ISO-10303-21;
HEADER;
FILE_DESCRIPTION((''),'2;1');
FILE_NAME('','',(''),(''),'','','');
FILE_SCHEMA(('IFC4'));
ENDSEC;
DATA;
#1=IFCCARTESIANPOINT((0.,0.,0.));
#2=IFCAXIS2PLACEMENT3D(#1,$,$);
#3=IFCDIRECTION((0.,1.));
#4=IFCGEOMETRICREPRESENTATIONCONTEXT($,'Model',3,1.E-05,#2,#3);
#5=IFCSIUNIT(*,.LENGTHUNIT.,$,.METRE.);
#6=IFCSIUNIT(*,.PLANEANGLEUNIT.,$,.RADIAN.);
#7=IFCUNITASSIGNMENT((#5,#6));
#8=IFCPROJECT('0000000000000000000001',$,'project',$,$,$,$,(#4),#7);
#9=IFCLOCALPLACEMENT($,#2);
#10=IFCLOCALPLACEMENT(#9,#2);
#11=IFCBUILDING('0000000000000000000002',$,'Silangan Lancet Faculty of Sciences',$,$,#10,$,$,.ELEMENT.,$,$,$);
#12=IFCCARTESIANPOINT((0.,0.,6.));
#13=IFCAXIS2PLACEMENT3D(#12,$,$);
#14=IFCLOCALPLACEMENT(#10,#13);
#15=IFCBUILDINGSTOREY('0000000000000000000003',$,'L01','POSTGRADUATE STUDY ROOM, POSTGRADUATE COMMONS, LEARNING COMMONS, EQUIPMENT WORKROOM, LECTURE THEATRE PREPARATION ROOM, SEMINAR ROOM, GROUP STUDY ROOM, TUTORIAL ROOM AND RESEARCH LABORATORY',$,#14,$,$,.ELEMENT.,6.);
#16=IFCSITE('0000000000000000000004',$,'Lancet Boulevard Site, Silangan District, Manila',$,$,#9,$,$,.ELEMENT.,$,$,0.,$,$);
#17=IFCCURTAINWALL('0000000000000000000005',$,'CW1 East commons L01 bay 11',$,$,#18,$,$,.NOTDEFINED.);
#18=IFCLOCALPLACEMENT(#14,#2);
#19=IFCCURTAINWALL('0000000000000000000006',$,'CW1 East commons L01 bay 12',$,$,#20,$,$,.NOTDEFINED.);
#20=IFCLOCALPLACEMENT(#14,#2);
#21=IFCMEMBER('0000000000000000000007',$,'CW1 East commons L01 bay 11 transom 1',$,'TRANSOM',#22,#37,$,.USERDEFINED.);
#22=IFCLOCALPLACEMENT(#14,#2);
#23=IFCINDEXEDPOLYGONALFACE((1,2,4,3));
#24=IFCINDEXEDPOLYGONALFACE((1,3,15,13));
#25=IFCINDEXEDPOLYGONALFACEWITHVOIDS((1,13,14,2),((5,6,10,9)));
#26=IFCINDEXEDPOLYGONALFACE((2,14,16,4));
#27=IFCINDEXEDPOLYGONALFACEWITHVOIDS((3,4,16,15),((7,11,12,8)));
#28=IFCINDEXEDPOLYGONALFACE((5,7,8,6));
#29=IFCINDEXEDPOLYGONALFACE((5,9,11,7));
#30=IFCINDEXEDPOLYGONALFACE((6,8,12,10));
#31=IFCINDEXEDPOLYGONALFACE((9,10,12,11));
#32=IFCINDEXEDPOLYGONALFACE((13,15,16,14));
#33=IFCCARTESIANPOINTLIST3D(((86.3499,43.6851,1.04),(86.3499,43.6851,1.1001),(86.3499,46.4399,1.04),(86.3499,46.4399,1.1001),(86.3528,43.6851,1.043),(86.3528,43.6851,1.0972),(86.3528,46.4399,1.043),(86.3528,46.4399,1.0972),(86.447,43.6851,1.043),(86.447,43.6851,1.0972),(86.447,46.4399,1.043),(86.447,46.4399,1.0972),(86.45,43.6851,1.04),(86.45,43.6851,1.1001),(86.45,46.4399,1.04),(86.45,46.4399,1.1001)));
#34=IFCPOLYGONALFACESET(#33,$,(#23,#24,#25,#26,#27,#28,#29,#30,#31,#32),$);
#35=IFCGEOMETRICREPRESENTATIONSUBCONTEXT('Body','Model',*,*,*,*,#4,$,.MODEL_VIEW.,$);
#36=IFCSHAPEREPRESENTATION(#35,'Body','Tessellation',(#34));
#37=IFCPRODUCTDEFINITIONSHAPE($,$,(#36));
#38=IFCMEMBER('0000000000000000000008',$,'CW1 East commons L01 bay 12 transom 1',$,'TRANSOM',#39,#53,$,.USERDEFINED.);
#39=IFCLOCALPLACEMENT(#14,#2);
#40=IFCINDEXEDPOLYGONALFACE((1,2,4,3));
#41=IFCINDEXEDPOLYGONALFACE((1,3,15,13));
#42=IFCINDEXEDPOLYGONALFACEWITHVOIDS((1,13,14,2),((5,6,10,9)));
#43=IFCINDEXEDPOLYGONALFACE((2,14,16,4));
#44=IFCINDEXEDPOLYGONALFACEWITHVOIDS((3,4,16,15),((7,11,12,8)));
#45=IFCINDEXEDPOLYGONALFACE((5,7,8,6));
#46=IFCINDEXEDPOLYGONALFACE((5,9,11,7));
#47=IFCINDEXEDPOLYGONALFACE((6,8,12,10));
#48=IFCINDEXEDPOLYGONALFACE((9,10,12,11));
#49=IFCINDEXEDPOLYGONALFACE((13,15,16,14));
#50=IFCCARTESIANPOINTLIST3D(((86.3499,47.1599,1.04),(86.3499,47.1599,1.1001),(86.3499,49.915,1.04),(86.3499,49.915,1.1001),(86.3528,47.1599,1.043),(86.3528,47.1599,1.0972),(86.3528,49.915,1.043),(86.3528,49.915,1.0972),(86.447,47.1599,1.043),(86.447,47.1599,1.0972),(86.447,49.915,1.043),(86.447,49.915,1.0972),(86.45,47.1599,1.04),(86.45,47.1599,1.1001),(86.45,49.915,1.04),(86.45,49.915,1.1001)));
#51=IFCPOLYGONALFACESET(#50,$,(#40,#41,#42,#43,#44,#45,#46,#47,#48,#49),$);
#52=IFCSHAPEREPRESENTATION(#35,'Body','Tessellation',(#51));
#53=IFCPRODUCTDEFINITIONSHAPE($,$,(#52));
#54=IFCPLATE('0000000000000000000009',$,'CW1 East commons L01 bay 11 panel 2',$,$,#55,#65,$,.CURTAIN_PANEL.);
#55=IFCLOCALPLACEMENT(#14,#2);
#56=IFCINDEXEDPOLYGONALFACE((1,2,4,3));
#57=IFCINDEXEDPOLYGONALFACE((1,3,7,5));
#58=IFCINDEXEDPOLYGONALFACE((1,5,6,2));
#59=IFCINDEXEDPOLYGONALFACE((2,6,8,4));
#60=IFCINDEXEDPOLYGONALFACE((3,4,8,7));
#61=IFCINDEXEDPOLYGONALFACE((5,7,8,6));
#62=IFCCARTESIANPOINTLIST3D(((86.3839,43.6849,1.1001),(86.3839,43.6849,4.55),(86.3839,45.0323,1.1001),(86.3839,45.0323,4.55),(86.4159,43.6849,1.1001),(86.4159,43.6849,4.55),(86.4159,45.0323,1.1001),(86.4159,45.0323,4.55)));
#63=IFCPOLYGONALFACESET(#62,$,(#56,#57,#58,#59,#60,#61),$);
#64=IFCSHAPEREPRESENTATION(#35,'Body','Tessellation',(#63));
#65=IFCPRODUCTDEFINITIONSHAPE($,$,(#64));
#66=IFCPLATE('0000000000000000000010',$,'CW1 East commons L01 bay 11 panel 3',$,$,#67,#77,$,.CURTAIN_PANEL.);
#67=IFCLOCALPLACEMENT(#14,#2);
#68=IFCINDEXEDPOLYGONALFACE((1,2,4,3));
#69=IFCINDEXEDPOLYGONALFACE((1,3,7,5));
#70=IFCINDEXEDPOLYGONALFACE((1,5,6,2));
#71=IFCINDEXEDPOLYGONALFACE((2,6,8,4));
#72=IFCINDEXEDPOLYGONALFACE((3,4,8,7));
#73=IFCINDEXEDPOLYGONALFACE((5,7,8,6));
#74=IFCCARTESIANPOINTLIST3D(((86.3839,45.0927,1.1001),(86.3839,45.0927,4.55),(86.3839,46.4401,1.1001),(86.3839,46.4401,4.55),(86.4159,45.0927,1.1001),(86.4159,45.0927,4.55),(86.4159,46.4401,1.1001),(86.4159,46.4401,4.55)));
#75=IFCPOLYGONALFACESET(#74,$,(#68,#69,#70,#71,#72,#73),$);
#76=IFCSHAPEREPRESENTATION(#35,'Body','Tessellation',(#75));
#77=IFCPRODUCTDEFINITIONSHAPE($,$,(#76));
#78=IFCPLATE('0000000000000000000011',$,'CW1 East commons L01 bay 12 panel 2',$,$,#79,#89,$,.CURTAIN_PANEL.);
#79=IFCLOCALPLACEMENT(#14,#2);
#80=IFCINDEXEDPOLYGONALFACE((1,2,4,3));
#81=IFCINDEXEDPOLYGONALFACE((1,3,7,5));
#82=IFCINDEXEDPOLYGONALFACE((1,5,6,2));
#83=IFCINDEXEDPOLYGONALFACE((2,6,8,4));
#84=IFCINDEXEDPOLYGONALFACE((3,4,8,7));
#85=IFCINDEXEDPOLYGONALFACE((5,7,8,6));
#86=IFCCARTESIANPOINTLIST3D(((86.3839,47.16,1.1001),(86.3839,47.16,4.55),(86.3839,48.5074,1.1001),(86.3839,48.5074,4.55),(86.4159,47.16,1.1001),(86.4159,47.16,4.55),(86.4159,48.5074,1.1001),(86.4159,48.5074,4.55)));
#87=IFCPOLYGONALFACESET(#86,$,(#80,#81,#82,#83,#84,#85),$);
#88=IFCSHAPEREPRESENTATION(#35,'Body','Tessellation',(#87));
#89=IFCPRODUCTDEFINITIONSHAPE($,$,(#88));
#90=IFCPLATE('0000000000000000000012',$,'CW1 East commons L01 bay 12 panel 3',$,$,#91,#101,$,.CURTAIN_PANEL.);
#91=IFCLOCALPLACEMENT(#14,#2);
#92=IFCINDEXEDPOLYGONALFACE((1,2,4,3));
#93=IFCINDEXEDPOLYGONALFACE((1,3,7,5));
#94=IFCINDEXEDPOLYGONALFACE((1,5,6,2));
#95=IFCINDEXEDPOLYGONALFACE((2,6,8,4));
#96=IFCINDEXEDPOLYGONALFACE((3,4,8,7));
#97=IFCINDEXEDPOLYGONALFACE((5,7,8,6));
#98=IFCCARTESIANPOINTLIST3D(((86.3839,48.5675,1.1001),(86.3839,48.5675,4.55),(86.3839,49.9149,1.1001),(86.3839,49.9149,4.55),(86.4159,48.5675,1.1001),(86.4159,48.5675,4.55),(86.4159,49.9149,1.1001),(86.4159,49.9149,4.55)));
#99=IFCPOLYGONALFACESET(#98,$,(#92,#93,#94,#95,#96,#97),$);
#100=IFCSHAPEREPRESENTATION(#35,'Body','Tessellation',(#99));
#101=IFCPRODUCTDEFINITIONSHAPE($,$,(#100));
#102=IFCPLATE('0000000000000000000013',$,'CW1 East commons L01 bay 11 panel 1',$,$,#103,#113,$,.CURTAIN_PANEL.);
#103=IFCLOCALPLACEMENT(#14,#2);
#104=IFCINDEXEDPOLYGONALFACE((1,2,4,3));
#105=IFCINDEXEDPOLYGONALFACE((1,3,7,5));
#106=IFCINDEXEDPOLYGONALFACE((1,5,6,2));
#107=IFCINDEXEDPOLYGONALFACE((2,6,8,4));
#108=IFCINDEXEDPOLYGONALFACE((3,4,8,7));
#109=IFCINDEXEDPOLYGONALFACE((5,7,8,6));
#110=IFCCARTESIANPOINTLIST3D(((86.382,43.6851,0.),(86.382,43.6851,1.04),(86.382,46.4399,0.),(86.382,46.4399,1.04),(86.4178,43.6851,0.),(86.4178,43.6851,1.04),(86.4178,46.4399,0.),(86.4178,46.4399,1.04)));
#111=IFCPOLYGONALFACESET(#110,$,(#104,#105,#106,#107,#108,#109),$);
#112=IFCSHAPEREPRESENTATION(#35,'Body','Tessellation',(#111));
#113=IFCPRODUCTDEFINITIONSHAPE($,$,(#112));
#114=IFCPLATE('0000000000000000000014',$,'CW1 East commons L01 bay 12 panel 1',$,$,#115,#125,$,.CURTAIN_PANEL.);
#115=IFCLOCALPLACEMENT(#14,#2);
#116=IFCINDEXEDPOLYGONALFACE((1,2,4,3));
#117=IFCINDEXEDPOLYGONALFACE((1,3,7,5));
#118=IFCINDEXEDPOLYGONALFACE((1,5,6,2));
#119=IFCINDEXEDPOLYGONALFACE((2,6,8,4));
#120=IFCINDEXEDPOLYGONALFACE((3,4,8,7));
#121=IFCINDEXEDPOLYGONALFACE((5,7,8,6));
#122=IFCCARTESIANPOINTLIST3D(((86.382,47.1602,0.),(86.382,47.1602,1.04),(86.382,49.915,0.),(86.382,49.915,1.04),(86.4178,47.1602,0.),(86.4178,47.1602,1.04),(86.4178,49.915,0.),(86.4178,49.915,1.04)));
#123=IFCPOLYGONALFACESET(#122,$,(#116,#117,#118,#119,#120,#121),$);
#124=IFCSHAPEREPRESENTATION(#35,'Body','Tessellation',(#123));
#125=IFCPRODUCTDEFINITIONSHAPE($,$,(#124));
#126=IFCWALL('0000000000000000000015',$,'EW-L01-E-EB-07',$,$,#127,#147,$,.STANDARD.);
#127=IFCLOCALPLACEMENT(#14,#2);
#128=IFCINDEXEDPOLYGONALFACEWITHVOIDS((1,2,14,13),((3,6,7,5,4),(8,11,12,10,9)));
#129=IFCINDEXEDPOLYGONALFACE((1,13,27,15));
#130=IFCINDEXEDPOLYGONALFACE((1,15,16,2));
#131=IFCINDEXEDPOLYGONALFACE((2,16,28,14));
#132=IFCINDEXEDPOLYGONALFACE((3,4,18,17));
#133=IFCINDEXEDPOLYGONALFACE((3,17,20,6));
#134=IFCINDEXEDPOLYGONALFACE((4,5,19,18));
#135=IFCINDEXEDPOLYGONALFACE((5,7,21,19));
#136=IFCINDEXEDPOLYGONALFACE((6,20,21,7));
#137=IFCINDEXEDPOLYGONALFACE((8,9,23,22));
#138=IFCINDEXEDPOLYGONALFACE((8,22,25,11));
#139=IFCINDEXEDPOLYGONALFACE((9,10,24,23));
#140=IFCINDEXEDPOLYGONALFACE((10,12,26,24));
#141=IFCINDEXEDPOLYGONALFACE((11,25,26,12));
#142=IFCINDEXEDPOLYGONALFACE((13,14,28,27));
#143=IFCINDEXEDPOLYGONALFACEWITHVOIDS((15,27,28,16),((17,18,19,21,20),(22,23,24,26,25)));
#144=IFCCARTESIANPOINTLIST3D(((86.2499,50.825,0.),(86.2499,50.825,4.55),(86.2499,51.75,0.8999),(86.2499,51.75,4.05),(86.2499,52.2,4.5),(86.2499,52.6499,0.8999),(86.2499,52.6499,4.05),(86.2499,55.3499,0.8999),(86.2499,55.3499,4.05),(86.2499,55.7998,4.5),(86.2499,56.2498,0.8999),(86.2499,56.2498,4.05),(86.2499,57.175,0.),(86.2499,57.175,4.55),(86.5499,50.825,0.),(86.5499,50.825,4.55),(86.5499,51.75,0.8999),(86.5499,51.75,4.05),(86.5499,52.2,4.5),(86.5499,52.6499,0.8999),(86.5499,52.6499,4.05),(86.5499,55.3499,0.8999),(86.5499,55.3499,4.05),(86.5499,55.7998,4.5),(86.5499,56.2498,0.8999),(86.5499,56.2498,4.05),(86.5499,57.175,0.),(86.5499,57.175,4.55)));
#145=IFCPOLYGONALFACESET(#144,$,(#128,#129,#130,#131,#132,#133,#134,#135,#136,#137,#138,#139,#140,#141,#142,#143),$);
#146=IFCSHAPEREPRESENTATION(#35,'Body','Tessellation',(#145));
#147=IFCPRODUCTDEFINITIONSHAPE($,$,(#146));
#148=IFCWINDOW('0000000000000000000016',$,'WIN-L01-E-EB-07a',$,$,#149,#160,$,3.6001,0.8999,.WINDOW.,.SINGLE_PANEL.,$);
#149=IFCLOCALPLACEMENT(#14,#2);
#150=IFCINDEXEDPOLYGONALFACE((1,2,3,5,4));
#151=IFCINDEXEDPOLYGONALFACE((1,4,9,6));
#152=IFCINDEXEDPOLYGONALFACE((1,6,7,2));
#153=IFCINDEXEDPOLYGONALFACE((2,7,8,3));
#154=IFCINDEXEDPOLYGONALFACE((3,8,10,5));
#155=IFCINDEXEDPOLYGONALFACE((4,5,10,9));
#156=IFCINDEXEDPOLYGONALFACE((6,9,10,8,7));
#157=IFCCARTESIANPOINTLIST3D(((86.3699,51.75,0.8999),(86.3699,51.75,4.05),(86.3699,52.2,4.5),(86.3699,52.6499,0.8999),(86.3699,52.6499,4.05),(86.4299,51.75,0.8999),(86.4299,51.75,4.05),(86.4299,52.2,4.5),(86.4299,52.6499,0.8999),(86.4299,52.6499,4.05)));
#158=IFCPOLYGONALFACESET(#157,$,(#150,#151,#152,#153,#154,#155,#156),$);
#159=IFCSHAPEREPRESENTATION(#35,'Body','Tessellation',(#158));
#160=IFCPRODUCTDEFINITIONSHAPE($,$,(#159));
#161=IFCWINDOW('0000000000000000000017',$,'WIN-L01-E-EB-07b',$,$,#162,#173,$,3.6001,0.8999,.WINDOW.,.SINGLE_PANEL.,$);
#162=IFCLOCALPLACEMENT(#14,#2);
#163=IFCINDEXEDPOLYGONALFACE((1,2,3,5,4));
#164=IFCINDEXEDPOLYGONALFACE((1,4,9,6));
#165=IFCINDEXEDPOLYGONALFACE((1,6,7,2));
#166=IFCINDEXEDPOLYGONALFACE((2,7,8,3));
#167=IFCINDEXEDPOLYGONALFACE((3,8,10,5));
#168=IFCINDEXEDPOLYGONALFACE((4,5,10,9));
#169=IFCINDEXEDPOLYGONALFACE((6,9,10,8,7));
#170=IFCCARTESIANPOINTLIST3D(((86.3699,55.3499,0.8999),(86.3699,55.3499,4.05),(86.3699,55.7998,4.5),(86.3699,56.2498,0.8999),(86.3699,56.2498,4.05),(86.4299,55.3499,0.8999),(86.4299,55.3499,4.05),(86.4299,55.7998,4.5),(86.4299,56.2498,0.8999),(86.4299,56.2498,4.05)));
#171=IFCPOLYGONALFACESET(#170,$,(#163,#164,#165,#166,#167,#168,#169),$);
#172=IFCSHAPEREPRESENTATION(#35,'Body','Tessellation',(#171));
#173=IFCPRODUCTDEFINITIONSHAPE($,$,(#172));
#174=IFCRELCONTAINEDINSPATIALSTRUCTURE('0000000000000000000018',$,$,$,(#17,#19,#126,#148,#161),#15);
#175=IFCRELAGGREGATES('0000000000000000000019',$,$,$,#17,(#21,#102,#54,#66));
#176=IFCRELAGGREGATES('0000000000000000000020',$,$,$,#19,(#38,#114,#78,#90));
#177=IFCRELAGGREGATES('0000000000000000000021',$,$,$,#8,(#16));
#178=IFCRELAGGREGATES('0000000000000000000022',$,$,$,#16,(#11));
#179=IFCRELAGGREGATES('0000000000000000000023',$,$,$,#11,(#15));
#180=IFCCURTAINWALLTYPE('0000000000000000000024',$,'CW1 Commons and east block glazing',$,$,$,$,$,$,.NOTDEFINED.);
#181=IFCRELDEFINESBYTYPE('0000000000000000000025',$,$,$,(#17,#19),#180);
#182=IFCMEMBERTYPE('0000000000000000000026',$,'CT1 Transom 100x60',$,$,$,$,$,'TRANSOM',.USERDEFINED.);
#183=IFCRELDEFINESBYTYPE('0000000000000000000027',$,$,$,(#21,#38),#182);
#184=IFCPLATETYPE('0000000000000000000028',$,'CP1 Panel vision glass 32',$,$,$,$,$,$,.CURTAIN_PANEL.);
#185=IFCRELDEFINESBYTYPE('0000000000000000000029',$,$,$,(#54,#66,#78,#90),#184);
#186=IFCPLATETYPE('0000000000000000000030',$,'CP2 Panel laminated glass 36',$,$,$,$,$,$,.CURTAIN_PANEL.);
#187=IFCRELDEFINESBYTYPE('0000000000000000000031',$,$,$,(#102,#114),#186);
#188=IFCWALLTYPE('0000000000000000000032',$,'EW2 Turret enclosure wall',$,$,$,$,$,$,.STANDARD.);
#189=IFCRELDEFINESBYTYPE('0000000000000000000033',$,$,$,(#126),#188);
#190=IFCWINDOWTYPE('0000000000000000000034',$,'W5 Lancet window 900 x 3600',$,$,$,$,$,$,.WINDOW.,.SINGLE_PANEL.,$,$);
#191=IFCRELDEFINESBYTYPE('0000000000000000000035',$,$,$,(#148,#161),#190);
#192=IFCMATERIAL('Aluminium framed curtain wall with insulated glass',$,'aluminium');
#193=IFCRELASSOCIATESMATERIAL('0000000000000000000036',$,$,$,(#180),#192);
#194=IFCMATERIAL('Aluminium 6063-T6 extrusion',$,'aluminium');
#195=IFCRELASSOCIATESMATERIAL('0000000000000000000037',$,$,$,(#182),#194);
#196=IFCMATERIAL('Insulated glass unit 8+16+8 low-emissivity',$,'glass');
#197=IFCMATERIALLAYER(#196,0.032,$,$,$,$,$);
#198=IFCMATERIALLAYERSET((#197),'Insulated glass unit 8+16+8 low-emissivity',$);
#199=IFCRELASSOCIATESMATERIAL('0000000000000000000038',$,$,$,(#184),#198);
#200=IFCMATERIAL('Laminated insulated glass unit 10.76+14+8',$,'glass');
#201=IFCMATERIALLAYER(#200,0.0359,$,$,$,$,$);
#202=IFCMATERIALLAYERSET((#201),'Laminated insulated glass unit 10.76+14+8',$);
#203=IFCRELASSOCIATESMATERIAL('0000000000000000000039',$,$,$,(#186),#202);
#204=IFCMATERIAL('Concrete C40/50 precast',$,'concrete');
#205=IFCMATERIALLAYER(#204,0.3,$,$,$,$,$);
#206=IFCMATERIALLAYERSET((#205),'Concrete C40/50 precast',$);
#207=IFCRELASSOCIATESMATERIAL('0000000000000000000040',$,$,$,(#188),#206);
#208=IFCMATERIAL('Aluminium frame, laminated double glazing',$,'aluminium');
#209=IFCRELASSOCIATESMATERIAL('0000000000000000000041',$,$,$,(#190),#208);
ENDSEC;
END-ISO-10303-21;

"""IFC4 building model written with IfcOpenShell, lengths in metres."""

from ifc_helpers import new_model, si_unit, direction, frame, frame_2d, origin, origin_2d, place, context, subcontext, project, spatial, polyline, rectangle, hollow_rectangle, outline, extrude, material, layer, layer_set, material_profile, profile_set, type_object, element, fill, aggregate, save


model = new_model("IFC4")

# Units and contexts
model_context = context("Model", 3, precision=1e-05, world=origin(), true_north=direction((0.0, 1.0)))
body_context = subcontext(model_context, "Body", "Model", "MODEL_VIEW")
ifc_project = project(units=[si_unit("LENGTHUNIT", "METRE"), si_unit("PLANEANGLEUNIT", "RADIAN")], contexts=[model_context])

# Site, building, storey
site_placement = place(None, origin())
site = spatial("IfcSite", under=ifc_project, at=site_placement, Name="Lancet Boulevard Site, Silangan District, Manila", CompositionType="ELEMENT", RefElevation=0.0)
building_placement = place(site_placement, origin())
building = spatial("IfcBuilding", under=site, at=building_placement, Name="Silangan Lancet Faculty of Sciences", CompositionType="ELEMENT")
storey_placement = place(building_placement, frame((0.0, 0.0, 6.0)))
storey = spatial("IfcBuildingStorey", under=building, at=storey_placement, Name="L01", Description="POSTGRADUATE STUDY ROOM, POSTGRADUATE COMMONS, LEARNING COMMONS, EQUIPMENT WORKROOM, LECTURE THEATRE PREPARATION ROOM, SEMINAR ROOM, GROUP STUDY ROOM, TUTORIAL ROOM AND RESEARCH LABORATORY", CompositionType="ELEMENT", Elevation=6.0)

# Curtain walls
ifc_material_1 = material(Name="Aluminium framed curtain wall with insulated glass", Category="aluminium")
curtain_wall_type = type_object("IfcCurtainWallType", Name="CW1 Commons and east block glazing", PredefinedType="NOTDEFINED", material=ifc_material_1)
curtain_wall_1_placement = place(storey_placement, origin())
curtain_wall_1 = element("IfcCurtainWall", 1, at=curtain_wall_1_placement, inside=storey, type_object=curtain_wall_type, Name="CW1 East commons L01 bay 11", PredefinedType="NOTDEFINED")
curtain_wall_2_placement = place(storey_placement, origin())
curtain_wall_2 = element("IfcCurtainWall", 2, at=curtain_wall_2_placement, inside=storey, type_object=curtain_wall_type, Name="CW1 East commons L01 bay 12", PredefinedType="NOTDEFINED")

# Members
ifc_material_2 = material(Name="Aluminium 6063-T6 extrusion", Category="aluminium")
ifc_material_profile_1 = material_profile(ifc_material_2, hollow_rectangle(XDim=0.1001, YDim=0.0601, WallThickness=0.0029, at=origin_2d()), Name="AL BOX 100x60x3")
ifc_profile_set_1 = profile_set([ifc_material_profile_1], Name="Aluminium 6063-T6 extrusion")
member_type_1 = type_object("IfcMemberType", Name="CT1 Transom 100x60", ElementType="TRANSOM", PredefinedType="USERDEFINED", material=ifc_profile_set_1)
member_1_placement = place(storey_placement, frame((86.3999, 43.6851, 1.0701), z_axis=(0.0, 1.0, 0.0), x_axis=(-1.0, 0.0, 0.0)))
member_1 = element("IfcMember", 3, at=member_1_placement, type_object=member_type_1, Name="CW1 East commons L01 bay 11 transom 1", ObjectType="TRANSOM", PredefinedType="USERDEFINED", context=body_context, shape_type="SweptSolid", body=[
    extrude(hollow_rectangle(XDim=0.1001, YDim=0.0601, WallThickness=0.0029, at=origin_2d()), origin(), (0.0, 0.0, 1.0), 2.7549),
])
member_2_placement = place(storey_placement, frame((86.3999, 47.1599, 1.0701), z_axis=(0.0, 1.0, 0.0), x_axis=(-1.0, 0.0, 0.0)))
member_2 = element("IfcMember", 4, at=member_2_placement, type_object=member_type_1, Name="CW1 East commons L01 bay 12 transom 1", ObjectType="TRANSOM", PredefinedType="USERDEFINED", context=body_context, shape_type="SweptSolid", body=[
    extrude(hollow_rectangle(XDim=0.1001, YDim=0.0601, WallThickness=0.0029, at=origin_2d()), origin(), (0.0, 0.0, 1.0), 2.7551),
])

# Plates
ifc_material_3 = material(Name="Insulated glass unit 8+16+8 low-emissivity", Category="glass")
ifc_layer_1 = layer(ifc_material_3, 0.032)
ifc_layer_set_1 = layer_set([ifc_layer_1], Name="Insulated glass unit 8+16+8 low-emissivity")
plate_type_1 = type_object("IfcPlateType", Name="CP1 Panel vision glass 32", PredefinedType="CURTAIN_PANEL", material=ifc_layer_set_1)
plate_1_placement = place(storey_placement, frame((86.3999, 44.3586, 1.1001), z_axis=(0.0, 0.0, 1.0), x_axis=(0.0, 1.0, 0.0)))
plate_1 = element("IfcPlate", 5, at=plate_1_placement, type_object=plate_type_1, Name="CW1 East commons L01 bay 11 panel 2", PredefinedType="CURTAIN_PANEL", context=body_context, shape_type="SweptSolid", body=[
    extrude(rectangle(XDim=1.3474, YDim=0.032, at=origin_2d()), origin(), (0.0, 0.0, 1.0), 3.45),
])
plate_2_placement = place(storey_placement, frame((86.3999, 45.7664, 1.1001), z_axis=(0.0, 0.0, 1.0), x_axis=(0.0, 1.0, 0.0)))
plate_2 = element("IfcPlate", 6, at=plate_2_placement, type_object=plate_type_1, Name="CW1 East commons L01 bay 11 panel 3", PredefinedType="CURTAIN_PANEL", context=body_context, shape_type="SweptSolid", body=[
    extrude(rectangle(XDim=1.3474, YDim=0.032, at=origin_2d()), origin(), (0.0, 0.0, 1.0), 3.45),
])
plate_3_placement = place(storey_placement, frame((86.3999, 47.8337, 1.1001), z_axis=(0.0, 0.0, 1.0), x_axis=(0.0, 1.0, 0.0)))
plate_3 = element("IfcPlate", 7, at=plate_3_placement, type_object=plate_type_1, Name="CW1 East commons L01 bay 12 panel 2", PredefinedType="CURTAIN_PANEL", context=body_context, shape_type="SweptSolid", body=[
    extrude(rectangle(XDim=1.3474, YDim=0.032, at=origin_2d()), origin(), (0.0, 0.0, 1.0), 3.45),
])
plate_4_placement = place(storey_placement, frame((86.3999, 49.2412, 1.1001), z_axis=(0.0, 0.0, 1.0), x_axis=(0.0, 1.0, 0.0)))
plate_4 = element("IfcPlate", 8, at=plate_4_placement, type_object=plate_type_1, Name="CW1 East commons L01 bay 12 panel 3", PredefinedType="CURTAIN_PANEL", context=body_context, shape_type="SweptSolid", body=[
    extrude(rectangle(XDim=1.3474, YDim=0.032, at=origin_2d()), origin(), (0.0, 0.0, 1.0), 3.45),
])
ifc_material_4 = material(Name="Laminated insulated glass unit 10.76+14+8", Category="glass")
ifc_layer_2 = layer(ifc_material_4, 0.0359)
ifc_layer_set_2 = layer_set([ifc_layer_2], Name="Laminated insulated glass unit 10.76+14+8")
plate_type_2 = type_object("IfcPlateType", Name="CP2 Panel laminated glass 36", PredefinedType="CURTAIN_PANEL", material=ifc_layer_set_2)
plate_5_placement = place(storey_placement, frame((86.3999, 45.0625, 0.0), z_axis=(0.0, 0.0, 1.0), x_axis=(0.0, 1.0, 0.0)))
plate_5 = element("IfcPlate", 9, at=plate_5_placement, type_object=plate_type_2, Name="CW1 East commons L01 bay 11 panel 1", PredefinedType="CURTAIN_PANEL", context=body_context, shape_type="SweptSolid", body=[
    extrude(rectangle(XDim=2.7549, YDim=0.0359, at=origin_2d()), origin(), (0.0, 0.0, 1.0), 1.04),
])
aggregate(curtain_wall_1, [member_1, plate_5, plate_1, plate_2])
plate_6_placement = place(storey_placement, frame((86.3999, 48.5376, 0.0), z_axis=(0.0, 0.0, 1.0), x_axis=(0.0, 1.0, 0.0)))
plate_6 = element("IfcPlate", 10, at=plate_6_placement, type_object=plate_type_2, Name="CW1 East commons L01 bay 12 panel 1", PredefinedType="CURTAIN_PANEL", context=body_context, shape_type="SweptSolid", body=[
    extrude(rectangle(XDim=2.7549, YDim=0.0359, at=origin_2d()), origin(), (0.0, 0.0, 1.0), 1.04),
])
aggregate(curtain_wall_2, [member_2, plate_6, plate_3, plate_4])

# Wall, openings, windows
ifc_material_5 = material(Name="Concrete C40/50 precast", Category="concrete")
ifc_layer_3 = layer(ifc_material_5, 0.3)
ifc_layer_set_3 = layer_set([ifc_layer_3], Name="Concrete C40/50 precast")
wall_type_1 = type_object("IfcWallType", Name="EW2 Turret enclosure wall", PredefinedType="STANDARD", material=ifc_layer_set_3)
wall_1_placement = place(storey_placement, frame((86.3999, 50.825, 0.0), z_axis=(0.0, 0.0, 1.0), x_axis=(0.0, 1.0, 0.0)))
wall_1 = element("IfcWall", 11, at=wall_1_placement, inside=storey, type_object=wall_type_1, Name="EW-L01-E-EB-07", PredefinedType="STANDARD", context=body_context, shape_type="SweptSolid", body=[
    extrude(rectangle(XDim=6.3501, YDim=0.3, at=frame_2d((3.175, 0.0))), origin(), (0.0, 0.0, 1.0), 4.55),
])
opening_1_placement = place(wall_1_placement, frame((0.925, 0.0, 0.8999)))
opening_1 = element("IfcOpeningElement", 12, at=opening_1_placement, cuts=wall_1, PredefinedType="OPENING", context=body_context, shape_type="SweptSolid", body=[
    extrude(outline(polyline([(0.0, 0.0), (0.8999, 0.0), (0.8999, 3.1501), (0.45, 3.6001), (0.0, 3.1501), (0.0, 0.0)])), frame((0.0, 0.1599, 0.0), z_axis=(0.0, -1.0, 0.0), x_axis=(1.0, 0.0, 0.0)), (0.0, 0.0, 1.0), 0.3201),
])
opening_2_placement = place(wall_1_placement, frame((4.5249, 0.0, 0.8999)))
opening_2 = element("IfcOpeningElement", 13, at=opening_2_placement, cuts=wall_1, PredefinedType="OPENING", context=body_context, shape_type="SweptSolid", body=[
    extrude(outline(polyline([(0.0, 0.0), (0.8999, 0.0), (0.8999, 3.1501), (0.45, 3.6001), (0.0, 3.1501), (0.0, 0.0)])), frame((0.0, 0.1599, 0.0), z_axis=(0.0, -1.0, 0.0), x_axis=(1.0, 0.0, 0.0)), (0.0, 0.0, 1.0), 0.3201),
])
ifc_material_6 = material(Name="Aluminium frame, laminated double glazing", Category="aluminium")
window_type = type_object("IfcWindowType", Name="W5 Lancet window 900 x 3600", PartitioningType="SINGLE_PANEL", PredefinedType="WINDOW", material=ifc_material_6)
window_1_placement = place(opening_1_placement, origin())
window_1 = element("IfcWindow", 14, at=window_1_placement, inside=storey, type_object=window_type, Name="WIN-L01-E-EB-07a", OverallHeight=3.6001, OverallWidth=0.8999, PartitioningType="SINGLE_PANEL", PredefinedType="WINDOW", context=body_context, shape_type="SweptSolid", body=[
    extrude(outline(polyline([(0.0, 0.0), (0.8999, 0.0), (0.8999, 3.1501), (0.45, 3.6001), (0.0, 3.1501), (0.0, 0.0)])), frame((0.0, 0.03, 0.0), z_axis=(0.0, -1.0, 0.0), x_axis=(1.0, 0.0, 0.0)), (0.0, 0.0, 1.0), 0.0601),
])
fill(opening_1, window_1)
window_2_placement = place(opening_2_placement, origin())
window_2 = element("IfcWindow", 15, at=window_2_placement, inside=storey, type_object=window_type, Name="WIN-L01-E-EB-07b", OverallHeight=3.6001, OverallWidth=0.8999, PartitioningType="SINGLE_PANEL", PredefinedType="WINDOW", context=body_context, shape_type="SweptSolid", body=[
    extrude(outline(polyline([(0.0, 0.0), (0.8999, 0.0), (0.8999, 3.1501), (0.45, 3.6001), (0.0, 3.1501), (0.0, 0.0)])), frame((0.0, 0.03, 0.0), z_axis=(0.0, -1.0, 0.0), x_axis=(1.0, 0.0, 0.0)), (0.0, 0.0, 1.0), 0.0601),
])
fill(opening_2, window_2)

save(model, "model.ifc")
